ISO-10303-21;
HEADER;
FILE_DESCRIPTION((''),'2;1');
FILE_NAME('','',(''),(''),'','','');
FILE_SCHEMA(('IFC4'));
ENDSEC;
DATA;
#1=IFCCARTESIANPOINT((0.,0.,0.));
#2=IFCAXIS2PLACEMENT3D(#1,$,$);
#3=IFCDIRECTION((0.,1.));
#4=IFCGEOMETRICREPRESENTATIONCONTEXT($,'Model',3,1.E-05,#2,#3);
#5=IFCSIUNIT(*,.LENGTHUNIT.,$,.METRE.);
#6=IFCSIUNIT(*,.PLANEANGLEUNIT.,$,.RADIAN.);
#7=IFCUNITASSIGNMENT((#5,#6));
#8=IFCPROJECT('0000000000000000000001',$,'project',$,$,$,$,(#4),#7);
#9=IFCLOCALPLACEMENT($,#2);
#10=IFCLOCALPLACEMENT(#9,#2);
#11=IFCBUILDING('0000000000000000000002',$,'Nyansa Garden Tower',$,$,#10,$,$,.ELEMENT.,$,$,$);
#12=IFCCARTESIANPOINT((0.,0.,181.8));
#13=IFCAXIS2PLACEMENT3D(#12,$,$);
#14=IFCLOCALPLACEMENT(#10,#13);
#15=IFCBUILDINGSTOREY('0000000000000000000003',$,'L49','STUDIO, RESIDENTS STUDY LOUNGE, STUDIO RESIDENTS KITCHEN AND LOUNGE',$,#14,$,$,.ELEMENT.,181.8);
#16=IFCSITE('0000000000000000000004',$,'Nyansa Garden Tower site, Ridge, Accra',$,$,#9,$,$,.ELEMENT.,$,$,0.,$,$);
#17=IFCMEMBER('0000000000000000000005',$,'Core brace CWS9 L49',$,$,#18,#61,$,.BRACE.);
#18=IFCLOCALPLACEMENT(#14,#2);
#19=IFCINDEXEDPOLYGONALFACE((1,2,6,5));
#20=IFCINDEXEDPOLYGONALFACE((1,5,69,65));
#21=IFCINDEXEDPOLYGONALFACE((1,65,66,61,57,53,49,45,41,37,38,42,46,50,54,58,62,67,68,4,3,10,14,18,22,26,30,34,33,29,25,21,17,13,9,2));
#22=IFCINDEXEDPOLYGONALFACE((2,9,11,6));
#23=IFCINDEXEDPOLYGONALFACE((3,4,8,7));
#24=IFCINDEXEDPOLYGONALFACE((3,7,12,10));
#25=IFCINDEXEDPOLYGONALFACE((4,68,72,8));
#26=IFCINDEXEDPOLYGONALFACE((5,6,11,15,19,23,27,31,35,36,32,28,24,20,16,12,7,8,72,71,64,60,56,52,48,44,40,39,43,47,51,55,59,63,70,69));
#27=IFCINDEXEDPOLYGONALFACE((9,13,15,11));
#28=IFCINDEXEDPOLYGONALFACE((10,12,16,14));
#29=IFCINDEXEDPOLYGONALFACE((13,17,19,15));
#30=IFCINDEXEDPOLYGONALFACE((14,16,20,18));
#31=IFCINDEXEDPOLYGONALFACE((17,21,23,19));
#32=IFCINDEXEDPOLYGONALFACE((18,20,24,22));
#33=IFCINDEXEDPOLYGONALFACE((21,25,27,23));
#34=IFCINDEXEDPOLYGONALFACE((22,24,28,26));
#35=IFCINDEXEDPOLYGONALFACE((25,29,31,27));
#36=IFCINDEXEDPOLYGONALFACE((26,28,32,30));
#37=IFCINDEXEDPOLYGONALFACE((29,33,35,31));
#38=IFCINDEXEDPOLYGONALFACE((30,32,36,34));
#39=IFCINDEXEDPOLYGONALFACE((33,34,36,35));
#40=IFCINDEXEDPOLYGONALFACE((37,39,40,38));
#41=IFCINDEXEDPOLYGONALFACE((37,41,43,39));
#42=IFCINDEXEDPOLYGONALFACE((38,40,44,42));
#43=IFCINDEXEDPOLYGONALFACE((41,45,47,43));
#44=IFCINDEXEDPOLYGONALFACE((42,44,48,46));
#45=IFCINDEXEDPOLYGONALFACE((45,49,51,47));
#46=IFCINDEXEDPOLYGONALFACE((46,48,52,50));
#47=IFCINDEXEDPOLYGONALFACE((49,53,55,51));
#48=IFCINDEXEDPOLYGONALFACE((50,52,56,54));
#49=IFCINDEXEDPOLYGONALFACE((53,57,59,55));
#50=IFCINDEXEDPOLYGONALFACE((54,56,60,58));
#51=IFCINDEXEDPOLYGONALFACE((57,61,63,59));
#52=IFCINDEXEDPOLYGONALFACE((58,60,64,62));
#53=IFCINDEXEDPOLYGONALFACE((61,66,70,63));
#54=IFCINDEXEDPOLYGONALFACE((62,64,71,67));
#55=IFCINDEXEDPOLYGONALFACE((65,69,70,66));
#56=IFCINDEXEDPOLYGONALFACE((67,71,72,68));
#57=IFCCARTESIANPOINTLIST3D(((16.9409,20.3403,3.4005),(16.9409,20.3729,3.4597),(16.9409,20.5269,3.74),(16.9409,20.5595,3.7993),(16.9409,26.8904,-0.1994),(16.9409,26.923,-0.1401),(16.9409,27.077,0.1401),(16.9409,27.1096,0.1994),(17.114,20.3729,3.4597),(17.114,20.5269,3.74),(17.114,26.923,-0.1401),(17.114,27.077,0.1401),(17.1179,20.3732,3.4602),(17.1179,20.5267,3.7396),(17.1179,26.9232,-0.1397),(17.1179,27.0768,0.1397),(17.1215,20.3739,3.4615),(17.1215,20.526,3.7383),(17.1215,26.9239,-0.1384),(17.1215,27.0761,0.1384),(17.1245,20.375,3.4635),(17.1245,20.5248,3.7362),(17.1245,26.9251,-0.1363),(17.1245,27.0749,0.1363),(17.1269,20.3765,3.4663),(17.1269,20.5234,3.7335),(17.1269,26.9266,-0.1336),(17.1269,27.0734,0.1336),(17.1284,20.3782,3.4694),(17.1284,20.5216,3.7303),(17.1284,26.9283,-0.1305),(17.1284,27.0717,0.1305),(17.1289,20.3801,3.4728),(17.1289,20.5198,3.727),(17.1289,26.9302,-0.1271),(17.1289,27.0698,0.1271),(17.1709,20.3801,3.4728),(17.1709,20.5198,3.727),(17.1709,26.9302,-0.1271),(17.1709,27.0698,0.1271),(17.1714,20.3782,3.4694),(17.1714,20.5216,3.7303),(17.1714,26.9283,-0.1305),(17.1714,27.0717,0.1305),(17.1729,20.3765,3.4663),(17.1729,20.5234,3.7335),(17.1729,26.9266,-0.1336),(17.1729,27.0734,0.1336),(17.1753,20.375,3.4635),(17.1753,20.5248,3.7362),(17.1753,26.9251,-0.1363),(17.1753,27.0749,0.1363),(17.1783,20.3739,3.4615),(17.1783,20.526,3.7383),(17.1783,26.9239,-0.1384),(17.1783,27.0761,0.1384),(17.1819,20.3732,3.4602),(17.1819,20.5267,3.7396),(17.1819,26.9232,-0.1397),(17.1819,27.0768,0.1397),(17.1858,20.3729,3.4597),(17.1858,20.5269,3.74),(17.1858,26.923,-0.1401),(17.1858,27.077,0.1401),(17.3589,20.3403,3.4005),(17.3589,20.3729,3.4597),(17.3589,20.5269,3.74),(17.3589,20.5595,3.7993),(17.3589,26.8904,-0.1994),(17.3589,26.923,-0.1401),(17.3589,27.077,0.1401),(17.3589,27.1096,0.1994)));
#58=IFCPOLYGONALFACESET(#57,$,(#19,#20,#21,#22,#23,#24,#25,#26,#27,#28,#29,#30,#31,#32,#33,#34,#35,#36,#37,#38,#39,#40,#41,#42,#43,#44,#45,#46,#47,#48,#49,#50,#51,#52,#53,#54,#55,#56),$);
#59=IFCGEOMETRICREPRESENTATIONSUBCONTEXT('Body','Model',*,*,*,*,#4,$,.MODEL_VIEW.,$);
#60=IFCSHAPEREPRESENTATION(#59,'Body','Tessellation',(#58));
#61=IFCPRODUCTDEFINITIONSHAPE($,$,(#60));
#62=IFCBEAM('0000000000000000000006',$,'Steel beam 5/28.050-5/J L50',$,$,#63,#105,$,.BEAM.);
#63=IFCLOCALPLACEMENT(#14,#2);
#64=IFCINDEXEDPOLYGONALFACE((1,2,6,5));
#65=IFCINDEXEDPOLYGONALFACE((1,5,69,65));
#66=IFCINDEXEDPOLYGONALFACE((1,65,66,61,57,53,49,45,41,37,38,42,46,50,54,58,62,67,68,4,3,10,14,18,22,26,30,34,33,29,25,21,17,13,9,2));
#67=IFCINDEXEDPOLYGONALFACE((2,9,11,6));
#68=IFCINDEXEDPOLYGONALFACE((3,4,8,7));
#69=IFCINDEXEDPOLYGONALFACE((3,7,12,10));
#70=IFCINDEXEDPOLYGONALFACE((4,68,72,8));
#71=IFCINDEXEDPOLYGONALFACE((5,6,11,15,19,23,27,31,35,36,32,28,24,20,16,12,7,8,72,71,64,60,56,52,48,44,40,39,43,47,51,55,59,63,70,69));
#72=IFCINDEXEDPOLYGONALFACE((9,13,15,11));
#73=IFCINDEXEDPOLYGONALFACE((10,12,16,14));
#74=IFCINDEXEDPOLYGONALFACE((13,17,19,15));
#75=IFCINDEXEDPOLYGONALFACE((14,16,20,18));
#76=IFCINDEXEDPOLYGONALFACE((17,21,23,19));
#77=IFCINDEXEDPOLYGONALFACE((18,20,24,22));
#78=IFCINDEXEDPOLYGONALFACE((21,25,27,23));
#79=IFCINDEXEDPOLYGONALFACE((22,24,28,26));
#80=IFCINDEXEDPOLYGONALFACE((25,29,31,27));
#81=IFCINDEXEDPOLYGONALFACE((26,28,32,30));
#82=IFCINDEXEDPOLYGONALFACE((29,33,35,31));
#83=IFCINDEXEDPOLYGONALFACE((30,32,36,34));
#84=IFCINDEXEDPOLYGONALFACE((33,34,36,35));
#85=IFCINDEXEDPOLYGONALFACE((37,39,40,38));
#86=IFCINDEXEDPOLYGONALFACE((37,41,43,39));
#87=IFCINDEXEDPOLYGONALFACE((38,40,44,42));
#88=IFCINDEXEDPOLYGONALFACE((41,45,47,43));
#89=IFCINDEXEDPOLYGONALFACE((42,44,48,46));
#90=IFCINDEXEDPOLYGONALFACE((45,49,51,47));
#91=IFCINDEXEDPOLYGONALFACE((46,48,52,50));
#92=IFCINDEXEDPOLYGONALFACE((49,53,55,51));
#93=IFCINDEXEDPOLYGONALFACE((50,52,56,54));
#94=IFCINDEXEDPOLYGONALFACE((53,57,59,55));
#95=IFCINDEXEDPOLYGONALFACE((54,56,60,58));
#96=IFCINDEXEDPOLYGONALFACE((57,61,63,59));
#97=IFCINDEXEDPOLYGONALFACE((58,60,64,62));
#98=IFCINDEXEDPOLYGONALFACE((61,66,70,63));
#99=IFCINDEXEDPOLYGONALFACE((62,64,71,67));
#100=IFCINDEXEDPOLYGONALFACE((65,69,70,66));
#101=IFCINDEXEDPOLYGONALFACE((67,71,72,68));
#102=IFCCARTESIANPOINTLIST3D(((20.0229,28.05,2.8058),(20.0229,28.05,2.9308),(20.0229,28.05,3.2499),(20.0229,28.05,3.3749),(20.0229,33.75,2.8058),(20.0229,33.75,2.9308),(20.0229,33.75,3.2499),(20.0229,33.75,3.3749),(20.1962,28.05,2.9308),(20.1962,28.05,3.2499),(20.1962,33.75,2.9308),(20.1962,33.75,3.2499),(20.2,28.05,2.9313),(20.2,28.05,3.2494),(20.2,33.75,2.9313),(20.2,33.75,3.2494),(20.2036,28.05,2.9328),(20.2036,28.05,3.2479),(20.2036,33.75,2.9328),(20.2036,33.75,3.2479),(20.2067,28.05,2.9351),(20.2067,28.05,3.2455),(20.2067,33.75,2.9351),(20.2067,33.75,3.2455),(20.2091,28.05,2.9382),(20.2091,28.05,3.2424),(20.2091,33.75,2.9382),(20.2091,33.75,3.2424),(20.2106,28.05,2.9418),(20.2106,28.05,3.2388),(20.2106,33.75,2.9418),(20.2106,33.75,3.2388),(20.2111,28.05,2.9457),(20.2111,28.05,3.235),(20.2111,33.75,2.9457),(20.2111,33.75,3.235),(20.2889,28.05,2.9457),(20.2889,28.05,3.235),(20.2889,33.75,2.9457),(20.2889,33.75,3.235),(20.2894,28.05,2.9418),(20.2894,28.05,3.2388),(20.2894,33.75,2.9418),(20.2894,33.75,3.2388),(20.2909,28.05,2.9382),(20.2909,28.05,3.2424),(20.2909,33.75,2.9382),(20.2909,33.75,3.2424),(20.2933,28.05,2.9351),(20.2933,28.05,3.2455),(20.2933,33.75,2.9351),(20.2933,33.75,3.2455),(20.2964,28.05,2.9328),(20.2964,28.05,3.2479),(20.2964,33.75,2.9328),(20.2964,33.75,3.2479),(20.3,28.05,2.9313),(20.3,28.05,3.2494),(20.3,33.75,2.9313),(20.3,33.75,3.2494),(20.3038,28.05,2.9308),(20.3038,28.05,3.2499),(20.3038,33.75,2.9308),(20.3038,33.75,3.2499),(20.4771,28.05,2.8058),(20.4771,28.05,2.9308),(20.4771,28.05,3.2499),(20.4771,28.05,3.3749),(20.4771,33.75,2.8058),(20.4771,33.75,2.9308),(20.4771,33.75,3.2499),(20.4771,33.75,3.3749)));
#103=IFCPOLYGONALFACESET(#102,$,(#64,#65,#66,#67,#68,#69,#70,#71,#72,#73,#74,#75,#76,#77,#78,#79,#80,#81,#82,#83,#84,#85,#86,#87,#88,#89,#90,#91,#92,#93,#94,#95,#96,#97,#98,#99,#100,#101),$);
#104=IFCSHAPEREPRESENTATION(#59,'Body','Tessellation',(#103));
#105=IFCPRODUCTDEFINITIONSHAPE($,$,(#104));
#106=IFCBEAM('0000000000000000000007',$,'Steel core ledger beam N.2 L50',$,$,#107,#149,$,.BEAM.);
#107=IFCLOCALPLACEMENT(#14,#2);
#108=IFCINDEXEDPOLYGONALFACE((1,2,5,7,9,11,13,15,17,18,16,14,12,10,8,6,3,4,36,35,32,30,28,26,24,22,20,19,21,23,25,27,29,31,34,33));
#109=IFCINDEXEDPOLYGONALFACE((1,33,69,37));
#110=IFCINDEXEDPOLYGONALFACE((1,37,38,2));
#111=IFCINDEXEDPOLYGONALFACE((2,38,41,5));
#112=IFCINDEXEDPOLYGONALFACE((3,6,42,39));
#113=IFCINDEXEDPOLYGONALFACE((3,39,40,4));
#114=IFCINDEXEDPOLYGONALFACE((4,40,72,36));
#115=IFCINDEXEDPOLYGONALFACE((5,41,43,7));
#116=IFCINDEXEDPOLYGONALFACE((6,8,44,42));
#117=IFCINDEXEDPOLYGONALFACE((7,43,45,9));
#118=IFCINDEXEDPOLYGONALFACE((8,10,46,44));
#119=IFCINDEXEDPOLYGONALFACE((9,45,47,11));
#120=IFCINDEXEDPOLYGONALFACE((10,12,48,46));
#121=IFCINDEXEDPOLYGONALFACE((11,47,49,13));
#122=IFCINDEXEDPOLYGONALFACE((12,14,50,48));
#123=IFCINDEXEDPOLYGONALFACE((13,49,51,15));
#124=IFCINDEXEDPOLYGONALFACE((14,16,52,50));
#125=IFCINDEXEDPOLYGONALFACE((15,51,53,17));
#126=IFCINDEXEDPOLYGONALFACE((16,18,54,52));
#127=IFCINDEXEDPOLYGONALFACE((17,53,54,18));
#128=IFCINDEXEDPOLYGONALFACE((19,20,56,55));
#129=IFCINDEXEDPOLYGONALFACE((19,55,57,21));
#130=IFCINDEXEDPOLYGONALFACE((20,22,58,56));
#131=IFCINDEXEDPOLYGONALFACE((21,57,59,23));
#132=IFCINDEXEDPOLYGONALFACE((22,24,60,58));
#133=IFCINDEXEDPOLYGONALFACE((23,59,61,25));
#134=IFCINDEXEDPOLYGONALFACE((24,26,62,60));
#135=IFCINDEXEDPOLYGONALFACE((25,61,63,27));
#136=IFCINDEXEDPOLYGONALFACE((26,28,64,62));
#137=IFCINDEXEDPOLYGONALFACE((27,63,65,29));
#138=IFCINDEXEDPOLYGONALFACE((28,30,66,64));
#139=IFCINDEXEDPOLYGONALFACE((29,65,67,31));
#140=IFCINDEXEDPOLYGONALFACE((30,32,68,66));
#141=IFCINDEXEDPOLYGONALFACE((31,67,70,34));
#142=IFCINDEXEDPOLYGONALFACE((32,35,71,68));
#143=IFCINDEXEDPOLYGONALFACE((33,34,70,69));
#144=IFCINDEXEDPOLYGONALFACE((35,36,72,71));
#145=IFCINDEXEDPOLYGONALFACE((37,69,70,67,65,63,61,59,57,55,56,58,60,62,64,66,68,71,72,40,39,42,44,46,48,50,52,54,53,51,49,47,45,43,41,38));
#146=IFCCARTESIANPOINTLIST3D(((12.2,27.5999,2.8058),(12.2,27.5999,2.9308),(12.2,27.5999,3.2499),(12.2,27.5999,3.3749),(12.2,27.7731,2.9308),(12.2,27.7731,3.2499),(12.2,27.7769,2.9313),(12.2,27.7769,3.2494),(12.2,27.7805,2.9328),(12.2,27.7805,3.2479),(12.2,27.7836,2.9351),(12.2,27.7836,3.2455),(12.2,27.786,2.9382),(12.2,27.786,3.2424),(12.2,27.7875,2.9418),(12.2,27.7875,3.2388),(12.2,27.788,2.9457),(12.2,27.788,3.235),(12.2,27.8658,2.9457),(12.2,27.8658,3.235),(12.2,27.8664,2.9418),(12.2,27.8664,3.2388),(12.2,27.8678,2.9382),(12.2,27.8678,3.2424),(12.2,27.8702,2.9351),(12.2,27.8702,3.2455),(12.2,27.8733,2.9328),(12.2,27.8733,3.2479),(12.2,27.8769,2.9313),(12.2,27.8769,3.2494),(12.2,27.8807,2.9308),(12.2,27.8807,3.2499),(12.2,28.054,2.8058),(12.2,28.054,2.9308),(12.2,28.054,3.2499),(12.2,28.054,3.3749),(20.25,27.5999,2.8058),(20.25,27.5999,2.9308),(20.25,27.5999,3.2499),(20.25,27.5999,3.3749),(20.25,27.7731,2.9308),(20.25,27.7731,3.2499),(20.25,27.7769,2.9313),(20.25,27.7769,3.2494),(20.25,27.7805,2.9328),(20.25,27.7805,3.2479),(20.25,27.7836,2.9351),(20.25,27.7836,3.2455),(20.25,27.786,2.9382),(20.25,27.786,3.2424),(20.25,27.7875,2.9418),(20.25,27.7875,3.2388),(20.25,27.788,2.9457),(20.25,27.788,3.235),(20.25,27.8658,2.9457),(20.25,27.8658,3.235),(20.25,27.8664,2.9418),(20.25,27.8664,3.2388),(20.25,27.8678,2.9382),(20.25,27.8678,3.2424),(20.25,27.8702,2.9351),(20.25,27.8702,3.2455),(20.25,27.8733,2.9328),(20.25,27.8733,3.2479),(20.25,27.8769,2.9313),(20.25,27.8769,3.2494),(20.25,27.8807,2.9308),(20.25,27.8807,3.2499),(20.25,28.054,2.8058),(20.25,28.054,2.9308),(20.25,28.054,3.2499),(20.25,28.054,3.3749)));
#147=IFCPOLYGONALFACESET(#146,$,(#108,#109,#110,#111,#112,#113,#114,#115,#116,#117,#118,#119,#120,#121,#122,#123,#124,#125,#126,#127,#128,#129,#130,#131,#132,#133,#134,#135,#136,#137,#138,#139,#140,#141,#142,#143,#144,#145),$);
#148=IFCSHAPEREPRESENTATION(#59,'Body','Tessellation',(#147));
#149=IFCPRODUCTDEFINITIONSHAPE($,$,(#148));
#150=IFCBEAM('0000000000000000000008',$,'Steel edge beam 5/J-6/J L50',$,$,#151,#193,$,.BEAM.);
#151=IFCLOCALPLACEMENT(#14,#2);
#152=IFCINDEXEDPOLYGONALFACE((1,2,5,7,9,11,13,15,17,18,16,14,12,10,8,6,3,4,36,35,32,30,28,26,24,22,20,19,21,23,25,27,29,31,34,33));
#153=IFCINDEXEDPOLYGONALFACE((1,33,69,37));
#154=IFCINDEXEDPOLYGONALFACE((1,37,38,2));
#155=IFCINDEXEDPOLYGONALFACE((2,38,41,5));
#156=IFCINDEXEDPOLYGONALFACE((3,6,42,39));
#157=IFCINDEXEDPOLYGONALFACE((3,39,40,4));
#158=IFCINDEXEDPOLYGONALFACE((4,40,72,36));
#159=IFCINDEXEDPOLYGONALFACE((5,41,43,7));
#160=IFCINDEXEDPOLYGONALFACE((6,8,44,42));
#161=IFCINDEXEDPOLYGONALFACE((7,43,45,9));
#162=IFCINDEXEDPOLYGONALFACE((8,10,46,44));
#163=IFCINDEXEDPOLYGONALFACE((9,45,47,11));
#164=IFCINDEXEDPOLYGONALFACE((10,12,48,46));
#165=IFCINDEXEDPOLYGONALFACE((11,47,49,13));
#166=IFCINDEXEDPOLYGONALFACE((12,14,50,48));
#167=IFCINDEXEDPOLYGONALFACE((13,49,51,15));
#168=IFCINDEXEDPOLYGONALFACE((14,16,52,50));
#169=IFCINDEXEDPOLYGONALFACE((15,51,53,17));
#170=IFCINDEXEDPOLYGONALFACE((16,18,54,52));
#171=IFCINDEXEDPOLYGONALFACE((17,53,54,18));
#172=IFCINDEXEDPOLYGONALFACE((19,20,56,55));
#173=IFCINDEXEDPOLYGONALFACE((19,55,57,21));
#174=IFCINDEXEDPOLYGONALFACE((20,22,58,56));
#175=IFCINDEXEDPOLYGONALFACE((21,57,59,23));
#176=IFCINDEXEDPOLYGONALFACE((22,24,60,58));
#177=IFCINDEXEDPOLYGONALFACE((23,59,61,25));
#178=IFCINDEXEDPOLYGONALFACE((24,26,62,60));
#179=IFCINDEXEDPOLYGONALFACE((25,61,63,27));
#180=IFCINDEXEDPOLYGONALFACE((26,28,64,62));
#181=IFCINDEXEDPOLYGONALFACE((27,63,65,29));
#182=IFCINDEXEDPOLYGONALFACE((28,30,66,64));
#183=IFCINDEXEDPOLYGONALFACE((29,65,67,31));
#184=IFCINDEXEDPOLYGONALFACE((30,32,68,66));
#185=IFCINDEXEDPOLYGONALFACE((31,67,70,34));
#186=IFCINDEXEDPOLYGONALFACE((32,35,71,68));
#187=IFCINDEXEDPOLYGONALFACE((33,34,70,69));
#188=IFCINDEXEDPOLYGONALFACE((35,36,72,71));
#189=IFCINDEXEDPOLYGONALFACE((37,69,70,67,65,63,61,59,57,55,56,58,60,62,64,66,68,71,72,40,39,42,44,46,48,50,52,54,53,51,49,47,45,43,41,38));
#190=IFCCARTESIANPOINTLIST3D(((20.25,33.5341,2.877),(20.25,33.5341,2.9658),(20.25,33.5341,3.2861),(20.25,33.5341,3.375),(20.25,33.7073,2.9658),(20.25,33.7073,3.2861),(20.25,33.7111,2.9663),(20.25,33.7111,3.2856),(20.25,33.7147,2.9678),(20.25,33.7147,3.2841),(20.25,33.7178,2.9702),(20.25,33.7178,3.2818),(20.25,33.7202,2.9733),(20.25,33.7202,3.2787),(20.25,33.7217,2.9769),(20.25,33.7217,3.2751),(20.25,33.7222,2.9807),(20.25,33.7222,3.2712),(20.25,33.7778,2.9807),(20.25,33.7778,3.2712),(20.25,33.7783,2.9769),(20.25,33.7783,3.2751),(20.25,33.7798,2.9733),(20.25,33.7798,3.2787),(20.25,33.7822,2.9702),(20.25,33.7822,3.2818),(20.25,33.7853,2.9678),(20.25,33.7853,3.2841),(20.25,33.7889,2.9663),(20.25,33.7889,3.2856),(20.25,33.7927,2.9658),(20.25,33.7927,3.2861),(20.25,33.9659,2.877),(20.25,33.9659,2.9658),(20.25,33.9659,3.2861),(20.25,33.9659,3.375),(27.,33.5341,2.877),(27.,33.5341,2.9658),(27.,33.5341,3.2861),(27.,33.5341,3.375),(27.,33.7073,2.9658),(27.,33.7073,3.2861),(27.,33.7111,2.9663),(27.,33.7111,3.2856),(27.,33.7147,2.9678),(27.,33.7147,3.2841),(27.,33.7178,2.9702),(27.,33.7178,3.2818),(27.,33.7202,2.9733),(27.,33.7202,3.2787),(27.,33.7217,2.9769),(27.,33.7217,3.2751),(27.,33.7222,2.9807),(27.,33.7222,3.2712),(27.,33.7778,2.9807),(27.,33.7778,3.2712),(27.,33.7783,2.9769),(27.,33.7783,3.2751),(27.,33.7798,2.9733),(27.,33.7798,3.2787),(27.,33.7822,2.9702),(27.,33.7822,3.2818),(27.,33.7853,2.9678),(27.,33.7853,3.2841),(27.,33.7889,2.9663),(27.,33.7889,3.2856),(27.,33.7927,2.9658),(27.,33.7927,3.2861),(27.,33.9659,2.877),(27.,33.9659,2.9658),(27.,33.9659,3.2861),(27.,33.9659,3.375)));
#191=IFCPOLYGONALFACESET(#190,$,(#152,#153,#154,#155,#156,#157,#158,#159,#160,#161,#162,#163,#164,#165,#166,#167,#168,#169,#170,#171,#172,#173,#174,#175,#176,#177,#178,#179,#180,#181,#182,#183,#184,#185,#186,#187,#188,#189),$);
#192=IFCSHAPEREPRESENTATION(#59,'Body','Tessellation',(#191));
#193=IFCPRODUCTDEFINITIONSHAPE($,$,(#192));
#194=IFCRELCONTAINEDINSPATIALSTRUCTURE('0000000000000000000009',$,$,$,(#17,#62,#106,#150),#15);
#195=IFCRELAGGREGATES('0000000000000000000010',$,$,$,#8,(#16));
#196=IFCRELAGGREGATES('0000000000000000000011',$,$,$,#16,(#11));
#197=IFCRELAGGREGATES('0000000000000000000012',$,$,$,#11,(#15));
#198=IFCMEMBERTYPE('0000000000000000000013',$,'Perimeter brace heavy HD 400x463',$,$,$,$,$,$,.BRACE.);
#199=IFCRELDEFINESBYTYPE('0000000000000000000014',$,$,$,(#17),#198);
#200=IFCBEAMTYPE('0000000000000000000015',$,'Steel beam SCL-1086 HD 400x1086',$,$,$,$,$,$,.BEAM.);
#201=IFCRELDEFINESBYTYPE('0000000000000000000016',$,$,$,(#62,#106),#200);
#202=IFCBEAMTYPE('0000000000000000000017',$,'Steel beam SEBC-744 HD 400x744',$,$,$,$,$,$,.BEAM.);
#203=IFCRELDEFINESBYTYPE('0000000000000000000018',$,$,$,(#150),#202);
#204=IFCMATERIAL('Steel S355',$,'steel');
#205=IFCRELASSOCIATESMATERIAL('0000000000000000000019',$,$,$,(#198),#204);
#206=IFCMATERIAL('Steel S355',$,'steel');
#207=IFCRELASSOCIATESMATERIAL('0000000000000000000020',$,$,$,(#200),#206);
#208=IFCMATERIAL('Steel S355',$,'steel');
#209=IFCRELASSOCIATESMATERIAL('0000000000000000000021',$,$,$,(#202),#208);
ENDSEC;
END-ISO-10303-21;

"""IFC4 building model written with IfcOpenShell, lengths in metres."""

from ifc_helpers import new_model, si_unit, direction, frame, origin, origin_2d, place, context, subcontext, project, spatial, i_section, extrude, material, material_profile, profile_set, type_object, element, save


model = new_model("IFC4")

# Units and contexts
model_context = context("Model", 3, precision=1e-05, world=origin(), true_north=direction((0.0, 1.0)))
body_context = subcontext(model_context, "Body", "Model", "MODEL_VIEW")
ifc_project = project(units=[si_unit("LENGTHUNIT", "METRE"), si_unit("PLANEANGLEUNIT", "RADIAN")], contexts=[model_context])

# Site, building, storey
site_placement = place(None, origin())
site = spatial("IfcSite", under=ifc_project, at=site_placement, Name="Nyansa Garden Tower site, Ridge, Accra", CompositionType="ELEMENT", RefElevation=0.0)
building_placement = place(site_placement, origin())
building = spatial("IfcBuilding", under=site, at=building_placement, Name="Nyansa Garden Tower", CompositionType="ELEMENT")
storey_placement = place(building_placement, frame((0.0, 0.0, 181.8)))
storey = spatial("IfcBuildingStorey", under=building, at=storey_placement, Name="L49", Description="STUDIO, RESIDENTS STUDY LOUNGE, STUDIO RESIDENTS KITCHEN AND LOUNGE", CompositionType="ELEMENT", Elevation=181.8)

# Member
ifc_material_1 = material(Name="Steel S355", Category="steel")
ifc_material_profile_1 = material_profile(ifc_material_1, i_section(OverallWidth=0.418, OverallDepth=0.4551, WebThickness=0.042, FlangeThickness=0.0676, FilletRadius=0.0149, at=origin_2d()), Name="HD 400x463")
ifc_profile_set_1 = profile_set([ifc_material_profile_1], Name="Steel S355")
member_type_1 = type_object("IfcMemberType", Name="Perimeter brace heavy HD 400x463", PredefinedType="BRACE", material=ifc_profile_set_1)
member_1_placement = place(storey_placement, frame((17.1499, 27.0, 0.0), z_axis=(0.0, -0.876367, 0.481644), x_axis=(1.0, 0.0, 0.0)))
element("IfcMember", 1, at=member_1_placement, inside=storey, type_object=member_type_1, Name="Core brace CWS9 L49", PredefinedType="BRACE", context=body_context, shape_type="SweptSolid", body=[
    extrude(i_section(OverallWidth=0.418, OverallDepth=0.4551, WebThickness=0.042, FlangeThickness=0.0676, FilletRadius=0.0149, at=origin_2d()), origin(), (0.0, 0.0, 1.0), 7.4741),
])

# Beams
ifc_material_2 = material(Name="Steel S355", Category="steel")
ifc_material_profile_2 = material_profile(ifc_material_2, i_section(OverallWidth=0.4541, OverallDepth=0.5691, WebThickness=0.0779, FlangeThickness=0.125, FilletRadius=0.0149, at=origin_2d()), Name="HD 400x1086")
ifc_profile_set_2 = profile_set([ifc_material_profile_2], Name="Steel S355")
beam_type_1 = type_object("IfcBeamType", Name="Steel beam SCL-1086 HD 400x1086", PredefinedType="BEAM", material=ifc_profile_set_2)
beam_1_placement = place(storey_placement, frame((20.25, 28.05, 3.0903), z_axis=(0.0, 1.0, 0.0), x_axis=(-1.0, 0.0, 0.0)))
element("IfcBeam", 2, at=beam_1_placement, inside=storey, type_object=beam_type_1, Name="Steel beam 5/28.050-5/J L50", PredefinedType="BEAM", context=body_context, shape_type="SweptSolid", body=[
    extrude(i_section(OverallWidth=0.4541, OverallDepth=0.5691, WebThickness=0.0779, FlangeThickness=0.125, FilletRadius=0.0149, at=origin_2d()), origin(), (0.0, 0.0, 1.0), 5.7),
])
beam_2_placement = place(storey_placement, frame((20.25, 27.8269, 3.0903), z_axis=(-1.0, 0.0, 0.0), x_axis=(0.0, -1.0, 0.0)))
element("IfcBeam", 3, at=beam_2_placement, inside=storey, type_object=beam_type_1, Name="Steel core ledger beam N.2 L50", PredefinedType="BEAM", context=body_context, shape_type="SweptSolid", body=[
    extrude(i_section(OverallWidth=0.4541, OverallDepth=0.5691, WebThickness=0.0779, FlangeThickness=0.125, FilletRadius=0.0149, at=origin_2d()), origin(), (0.0, 0.0, 1.0), 8.05),
])
ifc_material_3 = material(Name="Steel S355", Category="steel")
ifc_material_profile_3 = material_profile(ifc_material_3, i_section(OverallWidth=0.4319, OverallDepth=0.498, WebThickness=0.0557, FlangeThickness=0.0889, FilletRadius=0.0149, at=origin_2d()), Name="HD 400x744")
ifc_profile_set_3 = profile_set([ifc_material_profile_3], Name="Steel S355")
beam_type_2 = type_object("IfcBeamType", Name="Steel beam SEBC-744 HD 400x744", PredefinedType="BEAM", material=ifc_profile_set_3)
beam_3_placement = place(storey_placement, frame((20.25, 33.75, 3.126), z_axis=(1.0, 0.0, 0.0), x_axis=(0.0, 1.0, 0.0)))
element("IfcBeam", 4, at=beam_3_placement, inside=storey, type_object=beam_type_2, Name="Steel edge beam 5/J-6/J L50", PredefinedType="BEAM", context=body_context, shape_type="SweptSolid", body=[
    extrude(i_section(OverallWidth=0.4319, OverallDepth=0.498, WebThickness=0.0557, FlangeThickness=0.0889, FilletRadius=0.0149, at=origin_2d()), origin(), (0.0, 0.0, 1.0), 6.75),
])

save(model, "model.ifc")
